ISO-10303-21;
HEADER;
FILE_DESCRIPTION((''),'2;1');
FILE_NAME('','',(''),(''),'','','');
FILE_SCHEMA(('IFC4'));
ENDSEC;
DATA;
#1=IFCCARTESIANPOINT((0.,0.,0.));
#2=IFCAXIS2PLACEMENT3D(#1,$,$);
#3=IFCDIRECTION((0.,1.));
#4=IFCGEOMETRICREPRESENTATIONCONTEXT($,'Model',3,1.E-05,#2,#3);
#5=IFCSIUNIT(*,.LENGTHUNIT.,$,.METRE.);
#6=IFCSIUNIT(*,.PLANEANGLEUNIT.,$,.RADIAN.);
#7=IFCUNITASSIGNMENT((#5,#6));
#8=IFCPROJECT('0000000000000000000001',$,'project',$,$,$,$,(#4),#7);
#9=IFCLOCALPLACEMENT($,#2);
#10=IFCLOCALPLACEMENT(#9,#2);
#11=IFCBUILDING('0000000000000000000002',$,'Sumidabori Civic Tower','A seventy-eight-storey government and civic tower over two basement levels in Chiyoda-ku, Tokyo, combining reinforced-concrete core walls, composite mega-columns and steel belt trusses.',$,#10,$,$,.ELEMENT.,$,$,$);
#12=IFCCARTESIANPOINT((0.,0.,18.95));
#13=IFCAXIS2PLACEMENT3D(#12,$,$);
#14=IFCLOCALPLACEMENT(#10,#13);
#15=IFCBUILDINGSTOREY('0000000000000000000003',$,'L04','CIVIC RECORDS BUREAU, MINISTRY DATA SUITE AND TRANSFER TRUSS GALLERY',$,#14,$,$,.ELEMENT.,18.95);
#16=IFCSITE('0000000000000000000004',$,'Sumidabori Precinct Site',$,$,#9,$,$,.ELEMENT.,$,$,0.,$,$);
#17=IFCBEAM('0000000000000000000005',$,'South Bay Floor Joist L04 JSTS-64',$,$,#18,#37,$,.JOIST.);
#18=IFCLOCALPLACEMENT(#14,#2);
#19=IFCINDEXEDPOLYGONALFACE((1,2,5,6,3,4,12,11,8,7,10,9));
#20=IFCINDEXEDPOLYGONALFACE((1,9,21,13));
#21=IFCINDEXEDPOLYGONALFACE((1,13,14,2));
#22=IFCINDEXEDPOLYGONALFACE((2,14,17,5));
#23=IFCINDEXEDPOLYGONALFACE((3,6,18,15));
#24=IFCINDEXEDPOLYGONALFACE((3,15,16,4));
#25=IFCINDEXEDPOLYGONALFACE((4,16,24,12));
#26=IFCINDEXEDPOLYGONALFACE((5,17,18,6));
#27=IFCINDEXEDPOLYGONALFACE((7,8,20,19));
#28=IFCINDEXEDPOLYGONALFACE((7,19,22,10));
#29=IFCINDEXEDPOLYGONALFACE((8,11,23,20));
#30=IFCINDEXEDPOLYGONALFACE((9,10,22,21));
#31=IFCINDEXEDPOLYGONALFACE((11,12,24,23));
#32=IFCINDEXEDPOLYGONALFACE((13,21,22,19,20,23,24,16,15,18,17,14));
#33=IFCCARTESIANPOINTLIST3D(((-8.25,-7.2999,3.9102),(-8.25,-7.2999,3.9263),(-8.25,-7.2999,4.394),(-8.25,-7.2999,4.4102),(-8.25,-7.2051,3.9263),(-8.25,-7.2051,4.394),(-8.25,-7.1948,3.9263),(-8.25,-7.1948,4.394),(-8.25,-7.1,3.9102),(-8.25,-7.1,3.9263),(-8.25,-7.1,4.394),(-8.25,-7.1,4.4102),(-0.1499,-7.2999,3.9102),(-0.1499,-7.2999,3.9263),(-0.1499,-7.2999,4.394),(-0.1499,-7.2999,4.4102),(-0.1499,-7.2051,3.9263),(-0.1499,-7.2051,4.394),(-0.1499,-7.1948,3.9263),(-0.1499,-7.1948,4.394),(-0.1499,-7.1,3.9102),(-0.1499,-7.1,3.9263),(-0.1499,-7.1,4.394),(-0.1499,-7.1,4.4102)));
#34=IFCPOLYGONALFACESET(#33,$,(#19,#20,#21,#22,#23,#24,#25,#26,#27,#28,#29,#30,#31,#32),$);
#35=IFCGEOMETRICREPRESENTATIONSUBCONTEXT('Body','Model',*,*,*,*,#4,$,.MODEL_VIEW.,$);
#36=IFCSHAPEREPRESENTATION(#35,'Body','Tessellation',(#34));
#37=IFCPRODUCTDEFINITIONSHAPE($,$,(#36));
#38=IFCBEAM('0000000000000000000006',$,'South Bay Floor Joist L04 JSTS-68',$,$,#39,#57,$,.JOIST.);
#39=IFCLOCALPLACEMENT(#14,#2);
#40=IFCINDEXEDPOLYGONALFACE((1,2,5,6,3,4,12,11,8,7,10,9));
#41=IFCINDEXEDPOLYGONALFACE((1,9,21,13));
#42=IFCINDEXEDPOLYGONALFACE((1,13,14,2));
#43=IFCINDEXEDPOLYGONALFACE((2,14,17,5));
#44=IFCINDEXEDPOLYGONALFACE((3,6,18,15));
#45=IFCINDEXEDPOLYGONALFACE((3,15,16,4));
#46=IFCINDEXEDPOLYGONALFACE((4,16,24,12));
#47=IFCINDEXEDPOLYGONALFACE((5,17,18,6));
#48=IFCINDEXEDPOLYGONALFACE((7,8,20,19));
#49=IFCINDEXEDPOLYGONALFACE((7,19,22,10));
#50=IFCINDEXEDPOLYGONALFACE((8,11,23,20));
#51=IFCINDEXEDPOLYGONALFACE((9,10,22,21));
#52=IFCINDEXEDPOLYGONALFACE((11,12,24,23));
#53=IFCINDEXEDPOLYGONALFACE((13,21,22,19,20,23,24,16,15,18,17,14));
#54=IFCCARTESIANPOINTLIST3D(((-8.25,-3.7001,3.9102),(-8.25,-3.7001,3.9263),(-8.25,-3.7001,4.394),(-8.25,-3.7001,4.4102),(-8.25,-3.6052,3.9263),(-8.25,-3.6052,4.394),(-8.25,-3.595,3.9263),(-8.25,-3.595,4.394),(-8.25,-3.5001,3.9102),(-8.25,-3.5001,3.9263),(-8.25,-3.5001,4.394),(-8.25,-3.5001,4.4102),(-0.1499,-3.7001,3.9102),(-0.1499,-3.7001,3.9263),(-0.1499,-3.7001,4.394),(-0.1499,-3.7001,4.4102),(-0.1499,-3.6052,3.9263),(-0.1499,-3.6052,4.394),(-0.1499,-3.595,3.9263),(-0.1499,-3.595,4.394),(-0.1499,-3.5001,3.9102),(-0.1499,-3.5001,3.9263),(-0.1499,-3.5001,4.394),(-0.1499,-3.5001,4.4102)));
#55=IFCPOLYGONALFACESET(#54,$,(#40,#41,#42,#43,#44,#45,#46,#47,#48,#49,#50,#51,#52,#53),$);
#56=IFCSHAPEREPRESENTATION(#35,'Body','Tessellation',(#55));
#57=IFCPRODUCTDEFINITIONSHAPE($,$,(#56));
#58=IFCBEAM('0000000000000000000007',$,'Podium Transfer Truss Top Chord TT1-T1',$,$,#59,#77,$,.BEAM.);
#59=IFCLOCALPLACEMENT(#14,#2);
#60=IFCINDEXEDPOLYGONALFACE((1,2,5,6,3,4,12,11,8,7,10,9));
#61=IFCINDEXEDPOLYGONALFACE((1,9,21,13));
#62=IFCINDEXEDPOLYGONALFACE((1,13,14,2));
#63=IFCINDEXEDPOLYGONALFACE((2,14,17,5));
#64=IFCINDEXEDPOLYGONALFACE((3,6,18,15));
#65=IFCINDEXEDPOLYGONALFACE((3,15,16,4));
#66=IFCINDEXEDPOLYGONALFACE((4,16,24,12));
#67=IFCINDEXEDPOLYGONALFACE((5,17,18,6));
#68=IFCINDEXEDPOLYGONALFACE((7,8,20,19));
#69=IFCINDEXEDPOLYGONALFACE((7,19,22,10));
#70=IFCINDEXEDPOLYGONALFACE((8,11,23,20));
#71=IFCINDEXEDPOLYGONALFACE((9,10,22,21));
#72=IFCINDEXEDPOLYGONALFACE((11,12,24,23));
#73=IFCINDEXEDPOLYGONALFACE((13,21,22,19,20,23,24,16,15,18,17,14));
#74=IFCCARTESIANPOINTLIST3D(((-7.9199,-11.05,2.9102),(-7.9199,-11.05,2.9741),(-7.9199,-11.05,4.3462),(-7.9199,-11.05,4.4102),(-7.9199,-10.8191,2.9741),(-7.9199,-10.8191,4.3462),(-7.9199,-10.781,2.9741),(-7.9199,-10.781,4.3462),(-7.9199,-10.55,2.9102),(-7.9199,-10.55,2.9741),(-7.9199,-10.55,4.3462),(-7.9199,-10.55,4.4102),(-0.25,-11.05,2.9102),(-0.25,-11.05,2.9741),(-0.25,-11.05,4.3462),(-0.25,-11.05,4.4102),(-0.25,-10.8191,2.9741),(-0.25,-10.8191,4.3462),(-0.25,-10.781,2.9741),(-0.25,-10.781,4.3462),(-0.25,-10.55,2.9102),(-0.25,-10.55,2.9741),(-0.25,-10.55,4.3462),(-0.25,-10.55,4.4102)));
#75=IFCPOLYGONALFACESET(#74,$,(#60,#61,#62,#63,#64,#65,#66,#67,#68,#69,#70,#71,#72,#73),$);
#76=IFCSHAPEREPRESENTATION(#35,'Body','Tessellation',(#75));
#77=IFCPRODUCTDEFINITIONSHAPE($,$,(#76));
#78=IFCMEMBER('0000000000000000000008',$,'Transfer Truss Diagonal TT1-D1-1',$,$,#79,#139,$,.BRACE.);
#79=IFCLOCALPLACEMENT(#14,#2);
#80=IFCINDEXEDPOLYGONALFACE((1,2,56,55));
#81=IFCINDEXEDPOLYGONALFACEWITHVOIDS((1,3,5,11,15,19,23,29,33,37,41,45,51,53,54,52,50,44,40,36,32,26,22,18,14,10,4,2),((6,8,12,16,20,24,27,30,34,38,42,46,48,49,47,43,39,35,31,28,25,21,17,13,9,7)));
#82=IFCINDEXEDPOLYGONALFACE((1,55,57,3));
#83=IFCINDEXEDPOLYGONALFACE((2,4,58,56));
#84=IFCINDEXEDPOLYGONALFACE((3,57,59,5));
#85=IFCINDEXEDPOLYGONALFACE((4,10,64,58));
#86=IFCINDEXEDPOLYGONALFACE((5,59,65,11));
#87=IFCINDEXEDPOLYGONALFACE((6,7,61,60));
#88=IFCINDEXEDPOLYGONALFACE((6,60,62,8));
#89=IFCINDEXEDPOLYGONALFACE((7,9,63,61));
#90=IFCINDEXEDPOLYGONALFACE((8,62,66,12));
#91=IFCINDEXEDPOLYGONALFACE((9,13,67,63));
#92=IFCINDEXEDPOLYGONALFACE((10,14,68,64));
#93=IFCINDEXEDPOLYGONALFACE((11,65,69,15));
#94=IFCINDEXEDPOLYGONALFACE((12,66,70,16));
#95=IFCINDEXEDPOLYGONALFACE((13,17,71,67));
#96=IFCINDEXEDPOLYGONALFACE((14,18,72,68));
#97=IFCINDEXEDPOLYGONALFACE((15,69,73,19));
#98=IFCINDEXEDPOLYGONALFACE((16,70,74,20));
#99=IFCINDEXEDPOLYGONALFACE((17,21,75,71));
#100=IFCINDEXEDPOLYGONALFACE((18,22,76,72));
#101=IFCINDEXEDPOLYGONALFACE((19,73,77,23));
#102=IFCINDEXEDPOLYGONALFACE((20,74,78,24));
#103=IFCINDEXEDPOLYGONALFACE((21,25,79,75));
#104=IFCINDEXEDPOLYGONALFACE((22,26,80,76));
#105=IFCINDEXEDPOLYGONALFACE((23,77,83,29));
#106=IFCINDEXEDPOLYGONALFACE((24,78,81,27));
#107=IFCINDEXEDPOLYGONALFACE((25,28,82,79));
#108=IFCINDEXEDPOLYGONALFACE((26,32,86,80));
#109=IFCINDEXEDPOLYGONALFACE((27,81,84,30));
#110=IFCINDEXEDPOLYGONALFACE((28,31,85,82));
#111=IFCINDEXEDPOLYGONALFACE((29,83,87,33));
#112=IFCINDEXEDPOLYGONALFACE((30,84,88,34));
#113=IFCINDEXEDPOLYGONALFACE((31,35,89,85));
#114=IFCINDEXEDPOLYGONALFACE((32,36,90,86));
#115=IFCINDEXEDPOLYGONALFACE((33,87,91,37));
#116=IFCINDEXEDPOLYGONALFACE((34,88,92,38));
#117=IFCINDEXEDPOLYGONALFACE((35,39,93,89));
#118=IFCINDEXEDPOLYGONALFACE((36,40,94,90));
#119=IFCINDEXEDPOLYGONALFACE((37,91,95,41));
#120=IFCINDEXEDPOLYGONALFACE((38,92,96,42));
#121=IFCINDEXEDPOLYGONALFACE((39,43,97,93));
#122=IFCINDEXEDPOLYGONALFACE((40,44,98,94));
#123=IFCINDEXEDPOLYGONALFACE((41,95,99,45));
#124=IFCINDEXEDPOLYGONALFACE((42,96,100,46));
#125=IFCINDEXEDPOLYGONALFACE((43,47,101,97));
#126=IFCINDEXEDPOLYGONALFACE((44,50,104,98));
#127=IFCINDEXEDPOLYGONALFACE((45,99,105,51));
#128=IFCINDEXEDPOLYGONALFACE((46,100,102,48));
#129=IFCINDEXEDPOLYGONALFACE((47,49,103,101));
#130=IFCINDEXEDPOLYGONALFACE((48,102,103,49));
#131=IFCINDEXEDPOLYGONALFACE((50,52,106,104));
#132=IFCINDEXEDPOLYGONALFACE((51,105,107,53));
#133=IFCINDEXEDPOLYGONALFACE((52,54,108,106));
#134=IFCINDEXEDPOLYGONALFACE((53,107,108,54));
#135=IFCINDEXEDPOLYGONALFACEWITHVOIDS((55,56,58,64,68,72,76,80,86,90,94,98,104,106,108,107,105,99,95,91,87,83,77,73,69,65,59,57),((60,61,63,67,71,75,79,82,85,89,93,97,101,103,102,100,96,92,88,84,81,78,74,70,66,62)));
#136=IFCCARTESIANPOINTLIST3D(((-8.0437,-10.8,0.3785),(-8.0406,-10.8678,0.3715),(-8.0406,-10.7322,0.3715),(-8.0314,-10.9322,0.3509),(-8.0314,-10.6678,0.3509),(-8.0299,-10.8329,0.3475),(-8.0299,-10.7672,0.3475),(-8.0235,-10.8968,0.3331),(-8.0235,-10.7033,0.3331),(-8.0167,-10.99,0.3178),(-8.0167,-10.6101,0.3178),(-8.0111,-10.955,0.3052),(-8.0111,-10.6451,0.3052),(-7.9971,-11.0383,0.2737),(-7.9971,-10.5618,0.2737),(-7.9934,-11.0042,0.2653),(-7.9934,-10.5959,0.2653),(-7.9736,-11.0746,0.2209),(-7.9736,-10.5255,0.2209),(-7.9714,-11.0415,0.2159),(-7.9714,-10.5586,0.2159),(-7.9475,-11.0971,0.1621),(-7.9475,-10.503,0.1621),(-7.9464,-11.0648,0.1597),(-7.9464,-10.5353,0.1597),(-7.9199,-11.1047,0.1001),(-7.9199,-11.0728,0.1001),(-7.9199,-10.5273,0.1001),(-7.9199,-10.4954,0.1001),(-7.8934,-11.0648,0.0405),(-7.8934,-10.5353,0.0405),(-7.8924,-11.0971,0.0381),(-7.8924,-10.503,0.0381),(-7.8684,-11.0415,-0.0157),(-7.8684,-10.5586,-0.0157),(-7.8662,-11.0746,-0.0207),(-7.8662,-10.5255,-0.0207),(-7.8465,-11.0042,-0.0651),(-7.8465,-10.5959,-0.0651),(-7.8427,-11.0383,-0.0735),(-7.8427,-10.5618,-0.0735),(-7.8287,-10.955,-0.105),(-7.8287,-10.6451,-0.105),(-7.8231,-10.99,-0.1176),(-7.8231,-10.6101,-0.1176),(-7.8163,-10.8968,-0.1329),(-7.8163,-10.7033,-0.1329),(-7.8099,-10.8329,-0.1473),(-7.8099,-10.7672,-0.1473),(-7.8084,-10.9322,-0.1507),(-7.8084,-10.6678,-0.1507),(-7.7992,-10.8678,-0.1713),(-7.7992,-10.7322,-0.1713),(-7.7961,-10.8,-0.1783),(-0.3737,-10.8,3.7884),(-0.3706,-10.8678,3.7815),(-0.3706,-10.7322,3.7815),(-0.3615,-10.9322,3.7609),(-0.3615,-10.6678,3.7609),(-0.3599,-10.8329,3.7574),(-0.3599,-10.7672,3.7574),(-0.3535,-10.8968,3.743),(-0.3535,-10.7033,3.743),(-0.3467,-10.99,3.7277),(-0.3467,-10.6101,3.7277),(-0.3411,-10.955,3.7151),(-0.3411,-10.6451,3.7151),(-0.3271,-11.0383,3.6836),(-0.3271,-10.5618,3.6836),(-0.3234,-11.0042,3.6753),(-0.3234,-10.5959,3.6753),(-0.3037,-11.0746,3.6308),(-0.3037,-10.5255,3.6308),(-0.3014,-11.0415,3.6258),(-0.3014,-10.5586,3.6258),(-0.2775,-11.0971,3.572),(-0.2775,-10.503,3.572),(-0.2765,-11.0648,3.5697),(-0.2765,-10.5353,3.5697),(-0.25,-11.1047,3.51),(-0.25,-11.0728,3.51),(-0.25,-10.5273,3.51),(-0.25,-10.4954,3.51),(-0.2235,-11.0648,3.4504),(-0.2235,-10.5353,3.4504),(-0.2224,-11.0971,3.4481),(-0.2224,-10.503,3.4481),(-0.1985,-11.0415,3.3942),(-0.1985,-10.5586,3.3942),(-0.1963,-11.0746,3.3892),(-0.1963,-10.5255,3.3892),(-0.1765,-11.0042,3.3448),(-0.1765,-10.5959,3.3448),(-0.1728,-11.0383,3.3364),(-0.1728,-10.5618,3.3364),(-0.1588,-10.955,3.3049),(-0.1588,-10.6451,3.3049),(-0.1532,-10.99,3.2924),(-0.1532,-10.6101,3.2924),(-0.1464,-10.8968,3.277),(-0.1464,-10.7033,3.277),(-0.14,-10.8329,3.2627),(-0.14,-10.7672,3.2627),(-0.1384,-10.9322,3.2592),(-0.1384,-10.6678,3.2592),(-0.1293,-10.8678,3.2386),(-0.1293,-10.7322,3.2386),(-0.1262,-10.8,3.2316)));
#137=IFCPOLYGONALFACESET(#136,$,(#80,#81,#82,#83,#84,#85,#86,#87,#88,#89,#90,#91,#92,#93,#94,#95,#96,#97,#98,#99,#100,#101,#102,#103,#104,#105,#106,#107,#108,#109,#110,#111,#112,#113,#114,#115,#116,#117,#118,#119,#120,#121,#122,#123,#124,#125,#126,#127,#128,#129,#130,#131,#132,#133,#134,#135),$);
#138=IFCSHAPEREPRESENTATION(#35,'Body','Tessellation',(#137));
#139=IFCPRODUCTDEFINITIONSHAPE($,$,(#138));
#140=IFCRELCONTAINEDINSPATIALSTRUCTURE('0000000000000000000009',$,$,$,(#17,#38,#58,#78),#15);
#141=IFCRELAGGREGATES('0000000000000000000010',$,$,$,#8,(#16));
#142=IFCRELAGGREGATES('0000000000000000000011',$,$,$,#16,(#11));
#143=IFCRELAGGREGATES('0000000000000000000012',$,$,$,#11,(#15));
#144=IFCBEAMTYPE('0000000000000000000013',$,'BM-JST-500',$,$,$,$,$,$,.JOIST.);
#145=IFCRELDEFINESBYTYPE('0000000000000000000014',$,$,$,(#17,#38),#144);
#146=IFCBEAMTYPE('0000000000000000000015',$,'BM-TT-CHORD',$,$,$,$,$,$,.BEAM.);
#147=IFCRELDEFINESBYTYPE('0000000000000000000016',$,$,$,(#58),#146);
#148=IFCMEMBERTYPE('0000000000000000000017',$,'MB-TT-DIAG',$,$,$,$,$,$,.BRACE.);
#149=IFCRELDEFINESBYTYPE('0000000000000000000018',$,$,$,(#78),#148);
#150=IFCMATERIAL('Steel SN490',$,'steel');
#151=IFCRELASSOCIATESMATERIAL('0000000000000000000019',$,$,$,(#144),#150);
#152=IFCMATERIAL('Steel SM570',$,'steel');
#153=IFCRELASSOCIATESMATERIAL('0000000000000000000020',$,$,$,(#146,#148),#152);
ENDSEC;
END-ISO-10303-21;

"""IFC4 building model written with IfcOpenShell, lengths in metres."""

from ifc_helpers import new_model, si_unit, direction, frame, origin, origin_2d, place, context, subcontext, project, spatial, hollow_circle, i_section, extrude, source, transform, mapped, material, material_profile, profile_set, type_object, element, save


model = new_model("IFC4")

# Units and contexts
model_context = context("Model", 3, precision=1e-05, world=origin(), true_north=direction((0.0, 1.0)))
body_context = subcontext(model_context, "Body", "Model", "MODEL_VIEW")
ifc_project = project(units=[si_unit("LENGTHUNIT", "METRE"), si_unit("PLANEANGLEUNIT", "RADIAN")], contexts=[model_context])

# Site, building, storey
site_placement = place(None, origin())
site = spatial("IfcSite", under=ifc_project, at=site_placement, Name="Sumidabori Precinct Site", CompositionType="ELEMENT", RefElevation=0.0)
building_placement = place(site_placement, origin())
building = spatial("IfcBuilding", under=site, at=building_placement, Name="Sumidabori Civic Tower", Description="A seventy-eight-storey government and civic tower over two basement levels in Chiyoda-ku, Tokyo, combining reinforced-concrete core walls, composite mega-columns and steel belt trusses.", CompositionType="ELEMENT")
storey_placement = place(building_placement, frame((0.0, 0.0, 18.95)))
storey = spatial("IfcBuildingStorey", under=building, at=storey_placement, Name="L04", Description="CIVIC RECORDS BUREAU, MINISTRY DATA SUITE AND TRANSFER TRUSS GALLERY", CompositionType="ELEMENT", Elevation=18.95)

# Shared definitions
ifc_material_1 = material(Name="Steel SM570", Category="steel")

# Beams
ifc_material_2 = material(Name="Steel SN490", Category="steel")
ifc_material_profile_1 = material_profile(ifc_material_2, i_section(OverallWidth=0.2, OverallDepth=0.5, WebThickness=0.0103, FlangeThickness=0.0161, at=origin_2d()), Name="IPE 500")
ifc_profile_set_1 = profile_set([ifc_material_profile_1], Name="Steel SN490")
beam_type_1 = type_object("IfcBeamType", Name="BM-JST-500", PredefinedType="JOIST", material=ifc_profile_set_1)
shared_shape_1 = source(origin(), body_context, "Body", "SweptSolid", [
    extrude(i_section(OverallWidth=0.2, OverallDepth=0.5, WebThickness=0.0103, FlangeThickness=0.0161, at=origin_2d()), origin(), (0.0, 0.0, 1.0), 8.1001),
])
for number, where, z_axis, x_axis, name in (
    (1, (-8.25, -7.2, 4.1602), (1.0, 0.0, 0.0), (0.0, 1.0, 0.0), "South Bay Floor Joist L04 JSTS-64"),
    (2, (-8.25, -3.6001, 4.1602), (1.0, 0.0, 0.0), (0.0, 1.0, 0.0), "South Bay Floor Joist L04 JSTS-68"),
):
    element("IfcBeam", number, at=place(storey_placement, frame(where, z_axis=z_axis, x_axis=x_axis)), inside=storey, type_object=beam_type_1, Name=name, PredefinedType="JOIST", context=body_context, shape_type="MappedRepresentation", body=[
        mapped(shared_shape_1, transform((0.0, 0.0, 0.0), x_axis=(1.0, 0.0, 0.0), y_axis=(0.0, 1.0, 0.0), z_axis=(0.0, 0.0, 1.0), scale=1.0)),
    ])
ifc_material_profile_2 = material_profile(ifc_material_1, i_section(OverallWidth=0.5, OverallDepth=1.5, WebThickness=0.0381, FlangeThickness=0.064, at=origin_2d()), Name="WTG 1500x500")
ifc_profile_set_2 = profile_set([ifc_material_profile_2], Name="Steel SM570")
beam_type_2 = type_object("IfcBeamType", Name="BM-TT-CHORD", PredefinedType="BEAM", material=ifc_profile_set_2)
shared_shape_2 = source(origin(), body_context, "Body", "SweptSolid", [
    extrude(i_section(OverallWidth=0.5, OverallDepth=1.5, WebThickness=0.0381, FlangeThickness=0.064, at=origin_2d()), origin(), (0.0, 0.0, 1.0), 7.6699),
])
beam_1_placement = place(storey_placement, frame((-7.9199, -10.8, 3.6602), z_axis=(1.0, 0.0, 0.0), x_axis=(0.0, 1.0, 0.0)))
element("IfcBeam", 3, at=beam_1_placement, inside=storey, type_object=beam_type_2, Name="Podium Transfer Truss Top Chord TT1-T1", PredefinedType="BEAM", context=body_context, shape_type="MappedRepresentation", body=[
    mapped(shared_shape_2, transform((0.0, 0.0, 0.0), x_axis=(1.0, 0.0, 0.0), y_axis=(0.0, 1.0, 0.0), z_axis=(0.0, 0.0, 1.0), scale=1.0)),
])

# Member
ifc_material_profile_3 = material_profile(ifc_material_1, hollow_circle(Radius=0.3047, WallThickness=0.032, at=origin_2d()), Name="CHS 609.6x32")
ifc_profile_set_3 = profile_set([ifc_material_profile_3], Name="Steel SM570")
member_type = type_object("IfcMemberType", Name="MB-TT-DIAG", PredefinedType="BRACE", material=ifc_profile_set_3)
shared_shape_3 = source(origin(), body_context, "Body", "SweptSolid", [
    extrude(hollow_circle(Radius=0.3047, WallThickness=0.032, at=origin_2d()), origin(), (0.0, 0.0, 1.0), 8.3938),
])
member_1_placement = place(storey_placement, frame((-7.9199, -10.8, 0.1001), z_axis=(0.913765, 0.0, 0.406244), x_axis=(0.0, 1.0, 0.0)))
element("IfcMember", 4, at=member_1_placement, inside=storey, type_object=member_type, Name="Transfer Truss Diagonal TT1-D1-1", PredefinedType="BRACE", context=body_context, shape_type="MappedRepresentation", body=[
    mapped(shared_shape_3, transform((0.0, 0.0, 0.0), x_axis=(1.0, 0.0, 0.0), y_axis=(0.0, 1.0, 0.0), z_axis=(0.0, 0.0, 1.0), scale=1.0)),
])

save(model, "model.ifc")
